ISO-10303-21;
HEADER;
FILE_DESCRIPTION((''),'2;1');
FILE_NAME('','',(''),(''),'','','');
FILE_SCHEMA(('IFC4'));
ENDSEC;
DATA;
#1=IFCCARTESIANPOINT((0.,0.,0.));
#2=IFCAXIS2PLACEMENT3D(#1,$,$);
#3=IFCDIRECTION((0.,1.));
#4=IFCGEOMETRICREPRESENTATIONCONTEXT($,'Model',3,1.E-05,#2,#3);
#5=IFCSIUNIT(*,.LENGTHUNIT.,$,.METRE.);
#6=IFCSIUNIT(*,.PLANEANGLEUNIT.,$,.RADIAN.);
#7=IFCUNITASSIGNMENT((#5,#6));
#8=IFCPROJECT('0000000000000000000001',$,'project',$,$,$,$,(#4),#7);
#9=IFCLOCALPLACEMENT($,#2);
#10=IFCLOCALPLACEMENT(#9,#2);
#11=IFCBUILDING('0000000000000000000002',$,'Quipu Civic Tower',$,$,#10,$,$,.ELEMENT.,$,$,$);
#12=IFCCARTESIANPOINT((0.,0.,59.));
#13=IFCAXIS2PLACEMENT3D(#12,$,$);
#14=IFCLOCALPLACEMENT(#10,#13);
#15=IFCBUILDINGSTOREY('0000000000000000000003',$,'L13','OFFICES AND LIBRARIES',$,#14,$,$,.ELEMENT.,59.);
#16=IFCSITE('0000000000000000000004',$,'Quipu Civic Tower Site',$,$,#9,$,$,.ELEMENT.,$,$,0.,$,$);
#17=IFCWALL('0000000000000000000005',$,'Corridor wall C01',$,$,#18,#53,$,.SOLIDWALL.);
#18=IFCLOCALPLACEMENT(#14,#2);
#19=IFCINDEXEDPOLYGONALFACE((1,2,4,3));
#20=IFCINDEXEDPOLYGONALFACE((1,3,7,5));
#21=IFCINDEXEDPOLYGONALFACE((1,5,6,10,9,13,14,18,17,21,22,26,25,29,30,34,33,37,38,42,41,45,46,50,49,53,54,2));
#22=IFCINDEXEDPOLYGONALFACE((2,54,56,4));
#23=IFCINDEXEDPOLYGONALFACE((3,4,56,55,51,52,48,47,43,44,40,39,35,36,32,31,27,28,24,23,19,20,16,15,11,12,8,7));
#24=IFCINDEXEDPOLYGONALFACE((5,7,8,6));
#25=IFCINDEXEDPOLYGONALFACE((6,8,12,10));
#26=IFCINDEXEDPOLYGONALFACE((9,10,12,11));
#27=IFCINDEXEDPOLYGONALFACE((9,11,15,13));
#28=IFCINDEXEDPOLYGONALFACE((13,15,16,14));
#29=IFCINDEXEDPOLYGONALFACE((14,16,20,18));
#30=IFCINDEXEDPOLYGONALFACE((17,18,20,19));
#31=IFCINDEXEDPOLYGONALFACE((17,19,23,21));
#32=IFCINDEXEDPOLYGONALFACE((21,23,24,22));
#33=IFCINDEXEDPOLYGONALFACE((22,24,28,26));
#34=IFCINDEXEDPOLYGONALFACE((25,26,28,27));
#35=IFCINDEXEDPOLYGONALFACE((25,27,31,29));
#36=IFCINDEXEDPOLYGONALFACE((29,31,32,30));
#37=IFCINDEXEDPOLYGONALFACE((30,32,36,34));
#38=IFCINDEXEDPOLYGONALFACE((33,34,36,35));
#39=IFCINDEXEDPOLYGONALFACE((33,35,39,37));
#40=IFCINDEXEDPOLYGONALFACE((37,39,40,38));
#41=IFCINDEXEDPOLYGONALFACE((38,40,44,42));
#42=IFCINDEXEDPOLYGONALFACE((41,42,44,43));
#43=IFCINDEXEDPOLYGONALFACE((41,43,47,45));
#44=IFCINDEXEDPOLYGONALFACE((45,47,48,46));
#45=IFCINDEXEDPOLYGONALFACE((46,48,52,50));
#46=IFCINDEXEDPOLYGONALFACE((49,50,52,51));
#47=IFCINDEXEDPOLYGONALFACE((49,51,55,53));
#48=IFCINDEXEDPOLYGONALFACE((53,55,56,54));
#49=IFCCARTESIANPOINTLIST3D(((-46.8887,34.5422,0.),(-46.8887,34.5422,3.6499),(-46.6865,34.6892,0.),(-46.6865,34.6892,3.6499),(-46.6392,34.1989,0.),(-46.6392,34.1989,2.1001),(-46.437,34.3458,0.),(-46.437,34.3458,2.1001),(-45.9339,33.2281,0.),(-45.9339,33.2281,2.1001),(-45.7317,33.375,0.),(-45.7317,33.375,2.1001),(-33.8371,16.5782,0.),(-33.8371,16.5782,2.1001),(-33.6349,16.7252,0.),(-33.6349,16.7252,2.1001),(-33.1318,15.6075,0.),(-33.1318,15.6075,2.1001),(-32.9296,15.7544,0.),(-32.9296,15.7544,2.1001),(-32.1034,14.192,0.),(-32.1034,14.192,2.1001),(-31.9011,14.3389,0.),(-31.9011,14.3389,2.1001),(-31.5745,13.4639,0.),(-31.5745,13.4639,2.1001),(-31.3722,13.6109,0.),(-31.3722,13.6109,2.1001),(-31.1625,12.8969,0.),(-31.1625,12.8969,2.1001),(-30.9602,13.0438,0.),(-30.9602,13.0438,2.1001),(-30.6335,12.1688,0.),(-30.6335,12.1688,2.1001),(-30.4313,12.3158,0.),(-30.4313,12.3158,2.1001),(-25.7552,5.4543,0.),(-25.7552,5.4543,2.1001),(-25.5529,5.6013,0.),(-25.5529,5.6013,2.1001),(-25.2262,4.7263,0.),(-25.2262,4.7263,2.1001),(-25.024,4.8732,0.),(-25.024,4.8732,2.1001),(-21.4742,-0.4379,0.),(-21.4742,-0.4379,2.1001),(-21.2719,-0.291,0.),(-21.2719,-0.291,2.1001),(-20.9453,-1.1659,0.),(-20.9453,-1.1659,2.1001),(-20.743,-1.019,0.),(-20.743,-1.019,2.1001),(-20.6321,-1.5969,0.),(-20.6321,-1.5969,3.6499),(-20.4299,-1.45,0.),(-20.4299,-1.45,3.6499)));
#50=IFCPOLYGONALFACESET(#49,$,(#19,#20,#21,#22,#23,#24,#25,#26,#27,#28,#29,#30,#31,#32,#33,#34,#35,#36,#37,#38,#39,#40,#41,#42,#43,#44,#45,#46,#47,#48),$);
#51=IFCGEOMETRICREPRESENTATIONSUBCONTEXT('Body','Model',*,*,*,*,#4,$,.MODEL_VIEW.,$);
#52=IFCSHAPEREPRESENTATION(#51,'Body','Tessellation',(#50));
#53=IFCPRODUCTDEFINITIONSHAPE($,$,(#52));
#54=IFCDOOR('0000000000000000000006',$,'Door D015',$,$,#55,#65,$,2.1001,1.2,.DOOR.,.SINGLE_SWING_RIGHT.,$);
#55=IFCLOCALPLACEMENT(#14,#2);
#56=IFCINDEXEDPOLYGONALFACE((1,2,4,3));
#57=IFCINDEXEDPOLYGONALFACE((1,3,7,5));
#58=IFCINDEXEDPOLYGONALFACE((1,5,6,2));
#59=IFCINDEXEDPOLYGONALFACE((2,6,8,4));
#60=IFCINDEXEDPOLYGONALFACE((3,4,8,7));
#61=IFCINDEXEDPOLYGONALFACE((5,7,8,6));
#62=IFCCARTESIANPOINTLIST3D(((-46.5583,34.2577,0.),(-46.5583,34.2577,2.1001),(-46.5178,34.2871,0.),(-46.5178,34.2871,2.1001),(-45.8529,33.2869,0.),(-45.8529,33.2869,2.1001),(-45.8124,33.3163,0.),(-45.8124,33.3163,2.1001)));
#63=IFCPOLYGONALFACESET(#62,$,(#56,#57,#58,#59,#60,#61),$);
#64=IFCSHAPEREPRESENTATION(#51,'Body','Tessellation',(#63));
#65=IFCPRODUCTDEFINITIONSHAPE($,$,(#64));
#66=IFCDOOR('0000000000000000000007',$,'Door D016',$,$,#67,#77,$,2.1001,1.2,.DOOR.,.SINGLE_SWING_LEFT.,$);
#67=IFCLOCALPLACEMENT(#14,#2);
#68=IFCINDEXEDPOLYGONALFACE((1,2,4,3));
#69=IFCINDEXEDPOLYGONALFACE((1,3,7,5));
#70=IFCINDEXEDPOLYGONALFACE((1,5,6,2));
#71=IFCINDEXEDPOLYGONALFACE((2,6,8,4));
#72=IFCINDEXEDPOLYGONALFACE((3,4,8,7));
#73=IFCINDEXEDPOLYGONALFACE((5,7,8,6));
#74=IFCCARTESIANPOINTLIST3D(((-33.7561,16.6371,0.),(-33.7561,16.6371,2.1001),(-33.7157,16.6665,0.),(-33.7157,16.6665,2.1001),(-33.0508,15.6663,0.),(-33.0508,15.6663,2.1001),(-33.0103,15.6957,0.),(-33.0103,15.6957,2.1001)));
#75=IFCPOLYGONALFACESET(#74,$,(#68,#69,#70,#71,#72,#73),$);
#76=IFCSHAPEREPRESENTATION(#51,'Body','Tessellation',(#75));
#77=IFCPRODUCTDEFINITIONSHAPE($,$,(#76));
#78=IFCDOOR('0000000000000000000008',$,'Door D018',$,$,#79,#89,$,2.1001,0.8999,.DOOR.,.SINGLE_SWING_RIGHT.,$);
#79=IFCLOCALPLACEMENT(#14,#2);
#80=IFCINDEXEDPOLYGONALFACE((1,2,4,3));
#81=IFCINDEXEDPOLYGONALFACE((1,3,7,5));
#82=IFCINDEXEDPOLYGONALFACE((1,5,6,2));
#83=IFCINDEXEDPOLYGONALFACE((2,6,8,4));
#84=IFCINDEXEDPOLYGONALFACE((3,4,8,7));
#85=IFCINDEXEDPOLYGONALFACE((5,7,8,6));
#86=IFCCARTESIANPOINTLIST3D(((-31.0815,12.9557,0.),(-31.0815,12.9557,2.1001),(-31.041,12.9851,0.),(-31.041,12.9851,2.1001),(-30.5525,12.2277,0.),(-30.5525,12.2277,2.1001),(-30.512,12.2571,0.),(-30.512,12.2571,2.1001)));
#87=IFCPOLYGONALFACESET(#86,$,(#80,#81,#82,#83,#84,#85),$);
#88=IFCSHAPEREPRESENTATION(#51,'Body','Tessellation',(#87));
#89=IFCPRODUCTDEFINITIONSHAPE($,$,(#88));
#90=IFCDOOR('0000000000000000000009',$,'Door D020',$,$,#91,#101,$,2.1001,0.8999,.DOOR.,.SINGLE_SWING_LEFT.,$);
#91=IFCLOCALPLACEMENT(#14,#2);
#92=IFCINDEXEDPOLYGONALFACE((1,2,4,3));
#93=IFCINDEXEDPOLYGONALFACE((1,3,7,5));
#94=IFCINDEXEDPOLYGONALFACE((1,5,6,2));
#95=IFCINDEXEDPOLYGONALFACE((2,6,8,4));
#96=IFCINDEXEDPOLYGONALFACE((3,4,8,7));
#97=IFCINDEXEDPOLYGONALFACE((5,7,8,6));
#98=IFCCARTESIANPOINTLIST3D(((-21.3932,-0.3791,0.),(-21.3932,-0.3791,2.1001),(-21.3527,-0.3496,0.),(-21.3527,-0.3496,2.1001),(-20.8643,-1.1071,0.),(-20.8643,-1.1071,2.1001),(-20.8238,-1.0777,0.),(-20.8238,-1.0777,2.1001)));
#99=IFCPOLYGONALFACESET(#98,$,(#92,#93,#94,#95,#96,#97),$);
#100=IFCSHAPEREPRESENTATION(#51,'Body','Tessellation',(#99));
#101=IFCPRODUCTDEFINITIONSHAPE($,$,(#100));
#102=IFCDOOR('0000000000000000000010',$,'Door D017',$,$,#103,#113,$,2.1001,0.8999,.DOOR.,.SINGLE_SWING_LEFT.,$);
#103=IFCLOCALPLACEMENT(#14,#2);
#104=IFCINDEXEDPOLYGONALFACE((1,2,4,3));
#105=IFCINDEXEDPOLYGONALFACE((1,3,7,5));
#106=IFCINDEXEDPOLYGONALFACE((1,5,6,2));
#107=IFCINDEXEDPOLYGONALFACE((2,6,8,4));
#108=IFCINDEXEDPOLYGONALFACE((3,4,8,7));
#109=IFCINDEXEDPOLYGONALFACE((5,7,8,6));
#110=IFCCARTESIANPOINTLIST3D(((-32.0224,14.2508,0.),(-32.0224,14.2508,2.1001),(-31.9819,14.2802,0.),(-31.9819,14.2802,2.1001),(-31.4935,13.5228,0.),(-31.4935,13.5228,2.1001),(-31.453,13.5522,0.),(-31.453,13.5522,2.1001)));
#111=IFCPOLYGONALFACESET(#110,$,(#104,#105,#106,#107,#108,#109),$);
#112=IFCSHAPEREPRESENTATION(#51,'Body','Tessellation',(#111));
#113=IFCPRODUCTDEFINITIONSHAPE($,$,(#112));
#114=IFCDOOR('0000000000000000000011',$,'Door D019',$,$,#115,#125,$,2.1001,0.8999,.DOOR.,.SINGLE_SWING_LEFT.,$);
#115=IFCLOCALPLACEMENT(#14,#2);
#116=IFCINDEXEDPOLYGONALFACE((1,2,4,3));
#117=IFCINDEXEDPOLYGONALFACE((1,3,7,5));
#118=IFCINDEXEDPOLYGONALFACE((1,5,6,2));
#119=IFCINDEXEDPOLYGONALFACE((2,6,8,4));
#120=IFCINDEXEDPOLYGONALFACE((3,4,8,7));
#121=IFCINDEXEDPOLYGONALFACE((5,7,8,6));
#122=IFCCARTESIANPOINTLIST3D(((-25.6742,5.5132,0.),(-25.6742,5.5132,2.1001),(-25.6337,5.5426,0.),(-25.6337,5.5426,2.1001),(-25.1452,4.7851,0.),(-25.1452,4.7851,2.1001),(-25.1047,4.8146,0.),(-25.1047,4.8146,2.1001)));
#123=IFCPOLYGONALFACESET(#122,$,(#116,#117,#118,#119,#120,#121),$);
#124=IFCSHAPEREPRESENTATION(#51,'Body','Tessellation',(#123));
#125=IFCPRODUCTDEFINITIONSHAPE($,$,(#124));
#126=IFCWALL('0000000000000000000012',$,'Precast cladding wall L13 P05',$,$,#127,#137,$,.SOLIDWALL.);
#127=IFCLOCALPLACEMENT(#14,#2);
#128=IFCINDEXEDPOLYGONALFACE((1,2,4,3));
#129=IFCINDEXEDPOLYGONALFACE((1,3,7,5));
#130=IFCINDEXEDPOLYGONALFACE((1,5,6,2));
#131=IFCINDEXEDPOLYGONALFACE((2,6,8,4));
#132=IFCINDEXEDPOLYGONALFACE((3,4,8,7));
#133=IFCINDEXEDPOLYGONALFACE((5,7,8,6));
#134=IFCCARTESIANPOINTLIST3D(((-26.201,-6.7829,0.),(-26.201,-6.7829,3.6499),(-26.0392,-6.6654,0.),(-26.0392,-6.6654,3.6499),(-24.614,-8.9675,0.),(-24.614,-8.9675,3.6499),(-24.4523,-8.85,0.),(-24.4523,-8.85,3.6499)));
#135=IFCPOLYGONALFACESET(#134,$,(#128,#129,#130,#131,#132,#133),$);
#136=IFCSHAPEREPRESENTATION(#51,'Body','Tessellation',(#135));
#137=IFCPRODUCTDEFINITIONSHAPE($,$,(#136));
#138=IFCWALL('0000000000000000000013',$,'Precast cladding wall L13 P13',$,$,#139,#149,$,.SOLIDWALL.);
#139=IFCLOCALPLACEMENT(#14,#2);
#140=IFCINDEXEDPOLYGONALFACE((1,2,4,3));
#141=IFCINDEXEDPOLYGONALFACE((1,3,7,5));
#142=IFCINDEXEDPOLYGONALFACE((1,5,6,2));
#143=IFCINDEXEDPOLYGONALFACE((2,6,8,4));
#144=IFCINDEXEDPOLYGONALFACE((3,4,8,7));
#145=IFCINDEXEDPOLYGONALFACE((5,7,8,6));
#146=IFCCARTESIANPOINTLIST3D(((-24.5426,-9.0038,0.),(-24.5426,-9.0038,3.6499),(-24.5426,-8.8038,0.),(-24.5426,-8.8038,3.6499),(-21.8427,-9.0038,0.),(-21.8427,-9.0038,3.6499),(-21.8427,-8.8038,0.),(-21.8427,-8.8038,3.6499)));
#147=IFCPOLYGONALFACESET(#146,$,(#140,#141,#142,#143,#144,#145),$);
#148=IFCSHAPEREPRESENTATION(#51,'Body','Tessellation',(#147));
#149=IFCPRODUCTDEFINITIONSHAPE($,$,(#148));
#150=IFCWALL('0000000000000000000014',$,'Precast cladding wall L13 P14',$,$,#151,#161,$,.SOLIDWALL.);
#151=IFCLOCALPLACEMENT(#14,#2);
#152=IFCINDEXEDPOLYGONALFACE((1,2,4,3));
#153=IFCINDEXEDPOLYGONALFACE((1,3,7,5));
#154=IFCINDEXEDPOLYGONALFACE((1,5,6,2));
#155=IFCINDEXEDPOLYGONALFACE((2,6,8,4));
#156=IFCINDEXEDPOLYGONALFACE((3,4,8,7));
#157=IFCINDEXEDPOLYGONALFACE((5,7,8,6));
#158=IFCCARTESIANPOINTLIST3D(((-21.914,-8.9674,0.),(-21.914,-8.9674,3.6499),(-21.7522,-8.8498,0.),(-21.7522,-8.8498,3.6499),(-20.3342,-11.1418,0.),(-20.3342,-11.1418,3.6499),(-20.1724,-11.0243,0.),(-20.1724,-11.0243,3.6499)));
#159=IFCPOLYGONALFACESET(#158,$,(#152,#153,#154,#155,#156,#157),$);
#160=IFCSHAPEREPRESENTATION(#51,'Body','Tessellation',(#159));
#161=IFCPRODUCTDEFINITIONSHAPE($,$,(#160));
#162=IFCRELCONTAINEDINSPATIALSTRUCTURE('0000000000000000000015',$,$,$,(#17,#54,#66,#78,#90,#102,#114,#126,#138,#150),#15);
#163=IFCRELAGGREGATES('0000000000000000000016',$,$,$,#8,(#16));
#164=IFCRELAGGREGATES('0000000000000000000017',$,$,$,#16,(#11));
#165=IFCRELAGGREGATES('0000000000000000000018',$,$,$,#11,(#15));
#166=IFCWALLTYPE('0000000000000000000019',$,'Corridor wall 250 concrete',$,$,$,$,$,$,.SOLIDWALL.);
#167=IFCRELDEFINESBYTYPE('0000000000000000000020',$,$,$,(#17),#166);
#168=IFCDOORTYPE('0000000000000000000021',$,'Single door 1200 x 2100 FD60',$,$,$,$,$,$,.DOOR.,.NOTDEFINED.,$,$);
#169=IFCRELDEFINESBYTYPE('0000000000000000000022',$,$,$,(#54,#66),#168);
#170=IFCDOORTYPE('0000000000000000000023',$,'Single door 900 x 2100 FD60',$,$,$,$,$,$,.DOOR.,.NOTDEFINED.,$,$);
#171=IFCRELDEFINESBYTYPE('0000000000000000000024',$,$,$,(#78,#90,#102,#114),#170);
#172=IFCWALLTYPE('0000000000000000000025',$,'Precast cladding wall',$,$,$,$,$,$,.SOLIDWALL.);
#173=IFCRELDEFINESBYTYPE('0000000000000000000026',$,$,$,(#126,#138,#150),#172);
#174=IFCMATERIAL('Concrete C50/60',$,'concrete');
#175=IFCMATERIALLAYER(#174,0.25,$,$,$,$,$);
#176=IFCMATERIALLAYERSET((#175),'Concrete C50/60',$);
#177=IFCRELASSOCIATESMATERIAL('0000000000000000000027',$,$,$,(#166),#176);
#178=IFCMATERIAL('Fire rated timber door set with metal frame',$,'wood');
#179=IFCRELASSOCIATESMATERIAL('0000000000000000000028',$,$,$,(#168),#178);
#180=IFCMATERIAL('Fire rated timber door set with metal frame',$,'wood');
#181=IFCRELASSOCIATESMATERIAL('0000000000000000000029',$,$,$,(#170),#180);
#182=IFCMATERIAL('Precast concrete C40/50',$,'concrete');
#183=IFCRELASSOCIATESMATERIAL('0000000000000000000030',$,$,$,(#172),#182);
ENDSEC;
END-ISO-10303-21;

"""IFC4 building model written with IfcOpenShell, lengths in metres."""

from ifc_helpers import new_model, si_unit, direction, frame, frame_2d, origin, place, context, subcontext, project, spatial, rectangle, extrude, material, layer, layer_set, type_object, element, fill, save


model = new_model("IFC4")

# Units and contexts
model_context = context("Model", 3, precision=1e-05, world=origin(), true_north=direction((0.0, 1.0)))
body_context = subcontext(model_context, "Body", "Model", "MODEL_VIEW")
ifc_project = project(units=[si_unit("LENGTHUNIT", "METRE"), si_unit("PLANEANGLEUNIT", "RADIAN")], contexts=[model_context])

# Site, building, storey
site_placement = place(None, origin())
site = spatial("IfcSite", under=ifc_project, at=site_placement, Name="Quipu Civic Tower Site", CompositionType="ELEMENT", RefElevation=0.0)
building_placement = place(site_placement, origin())
building = spatial("IfcBuilding", under=site, at=building_placement, Name="Quipu Civic Tower", CompositionType="ELEMENT")
storey_placement = place(building_placement, frame((0.0, 0.0, 59.0)))
storey = spatial("IfcBuildingStorey", under=building, at=storey_placement, Name="L13", Description="OFFICES AND LIBRARIES", CompositionType="ELEMENT", Elevation=59.0)

# Wall, openings, doors
ifc_material_1 = material(Name="Concrete C50/60", Category="concrete")
ifc_layer_1 = layer(ifc_material_1, 0.25)
ifc_layer_set_1 = layer_set([ifc_layer_1], Name="Concrete C50/60")
wall_type_1 = type_object("IfcWallType", Name="Corridor wall 250 concrete", PredefinedType="SOLIDWALL", material=ifc_layer_set_1)
wall_1_placement = place(storey_placement, frame((-20.531, -1.5234, 0.0), z_axis=(0.0, 0.0, 1.0), x_axis=(-0.587785, 0.809017, 0.0)))
wall_1 = element("IfcWall", 1, at=wall_1_placement, inside=storey, type_object=wall_type_1, Name="Corridor wall C01", PredefinedType="SOLIDWALL", context=body_context, shape_type="SweptSolid", body=[
    extrude(rectangle(XDim=44.6704, YDim=0.25, at=frame_2d((22.3352, 0.0))), origin(), (0.0, 0.0, 1.0), 3.6499),
])
opening_1_placement = place(wall_1_placement, frame((43.0459, 0.0, 0.0)))
opening_1 = element("IfcOpeningElement", 2, at=opening_1_placement, cuts=wall_1, PredefinedType="OPENING", context=body_context, shape_type="SweptSolid", body=[
    extrude(rectangle(XDim=1.2, YDim=2.1001, at=frame_2d((0.6001, 1.05))), frame((0.0, 0.135, 0.0), z_axis=(0.0, -1.0, 0.0), x_axis=(1.0, 0.0, 0.0)), (0.0, 0.0, 1.0), 0.27),
])
opening_2_placement = place(wall_1_placement, frame((21.2656, 0.0, 0.0)))
opening_2 = element("IfcOpeningElement", 3, at=opening_2_placement, cuts=wall_1, PredefinedType="OPENING", context=body_context, shape_type="SweptSolid", body=[
    extrude(rectangle(XDim=1.2, YDim=2.1001, at=frame_2d((0.6001, 1.05))), frame((0.0, 0.135, 0.0), z_axis=(0.0, -1.0, 0.0), x_axis=(1.0, 0.0, 0.0)), (0.0, 0.0, 1.0), 0.27),
])
opening_3_placement = place(wall_1_placement, frame((17.0154, 0.0, 0.0)))
opening_3 = element("IfcOpeningElement", 4, at=opening_3_placement, cuts=wall_1, PredefinedType="OPENING", context=body_context, shape_type="SweptSolid", body=[
    extrude(rectangle(XDim=0.8999, YDim=2.1001, at=frame_2d((0.45, 1.05))), frame((0.0, 0.135, 0.0), z_axis=(0.0, -1.0, 0.0), x_axis=(1.0, 0.0, 0.0)), (0.0, 0.0, 1.0), 0.27),
])
opening_4_placement = place(wall_1_placement, frame((0.5327, 0.0, 0.0)))
opening_4 = element("IfcOpeningElement", 5, at=opening_4_placement, cuts=wall_1, PredefinedType="OPENING", context=body_context, shape_type="SweptSolid", body=[
    extrude(rectangle(XDim=0.8999, YDim=2.1001, at=frame_2d((0.45, 1.05))), frame((0.0, 0.135, 0.0), z_axis=(0.0, -1.0, 0.0), x_axis=(1.0, 0.0, 0.0)), (0.0, 0.0, 1.0), 0.27),
])
opening_5_placement = place(wall_1_placement, frame((18.6162, 0.0, 0.0)))
opening_5 = element("IfcOpeningElement", 6, at=opening_5_placement, cuts=wall_1, PredefinedType="OPENING", context=body_context, shape_type="SweptSolid", body=[
    extrude(rectangle(XDim=0.8999, YDim=2.1001, at=frame_2d((0.45, 1.05))), frame((0.0, 0.135, 0.0), z_axis=(0.0, -1.0, 0.0), x_axis=(1.0, 0.0, 0.0)), (0.0, 0.0, 1.0), 0.27),
])
opening_6_placement = place(wall_1_placement, frame((7.8159, 0.0, 0.0)))
opening_6 = element("IfcOpeningElement", 7, at=opening_6_placement, cuts=wall_1, PredefinedType="OPENING", context=body_context, shape_type="SweptSolid", body=[
    extrude(rectangle(XDim=0.8999, YDim=2.1001, at=frame_2d((0.45, 1.05))), frame((0.0, 0.135, 0.0), z_axis=(0.0, -1.0, 0.0), x_axis=(1.0, 0.0, 0.0)), (0.0, 0.0, 1.0), 0.27),
])
ifc_material_2 = material(Name="Fire rated timber door set with metal frame", Category="wood")
door_type_1 = type_object("IfcDoorType", Name="Single door 1200 x 2100 FD60", OperationType="NOTDEFINED", PredefinedType="DOOR", material=ifc_material_2)
door_1_placement = place(opening_1_placement, origin())
door_1 = element("IfcDoor", 8, at=door_1_placement, inside=storey, type_object=door_type_1, Name="Door D015", OperationType="SINGLE_SWING_RIGHT", OverallHeight=2.1001, OverallWidth=1.2, PredefinedType="DOOR", context=body_context, shape_type="SweptSolid", body=[
    extrude(rectangle(XDim=1.2, YDim=2.1001, at=frame_2d((0.6001, 1.05))), frame((0.0, 0.0249, 0.0), z_axis=(0.0, -1.0, 0.0), x_axis=(1.0, 0.0, 0.0)), (0.0, 0.0, 1.0), 0.05),
])
fill(opening_1, door_1)
door_2_placement = place(opening_2_placement, origin())
door_2 = element("IfcDoor", 9, at=door_2_placement, inside=storey, type_object=door_type_1, Name="Door D016", OperationType="SINGLE_SWING_LEFT", OverallHeight=2.1001, OverallWidth=1.2, PredefinedType="DOOR", context=body_context, shape_type="SweptSolid", body=[
    extrude(rectangle(XDim=1.2, YDim=2.1001, at=frame_2d((0.6001, 1.05))), frame((0.0, 0.0249, 0.0), z_axis=(0.0, -1.0, 0.0), x_axis=(1.0, 0.0, 0.0)), (0.0, 0.0, 1.0), 0.05),
])
fill(opening_2, door_2)
ifc_material_3 = material(Name="Fire rated timber door set with metal frame", Category="wood")
door_type_2 = type_object("IfcDoorType", Name="Single door 900 x 2100 FD60", OperationType="NOTDEFINED", PredefinedType="DOOR", material=ifc_material_3)
door_3_placement = place(opening_3_placement, origin())
door_3 = element("IfcDoor", 10, at=door_3_placement, inside=storey, type_object=door_type_2, Name="Door D018", OperationType="SINGLE_SWING_RIGHT", OverallHeight=2.1001, OverallWidth=0.8999, PredefinedType="DOOR", context=body_context, shape_type="SweptSolid", body=[
    extrude(rectangle(XDim=0.8999, YDim=2.1001, at=frame_2d((0.45, 1.05))), frame((0.0, 0.0249, 0.0), z_axis=(0.0, -1.0, 0.0), x_axis=(1.0, 0.0, 0.0)), (0.0, 0.0, 1.0), 0.05),
])
fill(opening_3, door_3)
door_4_placement = place(opening_4_placement, origin())
door_4 = element("IfcDoor", 11, at=door_4_placement, inside=storey, type_object=door_type_2, Name="Door D020", OperationType="SINGLE_SWING_LEFT", OverallHeight=2.1001, OverallWidth=0.8999, PredefinedType="DOOR", context=body_context, shape_type="SweptSolid", body=[
    extrude(rectangle(XDim=0.8999, YDim=2.1001, at=frame_2d((0.45, 1.05))), frame((0.0, 0.0249, 0.0), z_axis=(0.0, -1.0, 0.0), x_axis=(1.0, 0.0, 0.0)), (0.0, 0.0, 1.0), 0.05),
])
fill(opening_4, door_4)
door_5_placement = place(opening_5_placement, origin())
door_5 = element("IfcDoor", 12, at=door_5_placement, inside=storey, type_object=door_type_2, Name="Door D017", OperationType="SINGLE_SWING_LEFT", OverallHeight=2.1001, OverallWidth=0.8999, PredefinedType="DOOR", context=body_context, shape_type="SweptSolid", body=[
    extrude(rectangle(XDim=0.8999, YDim=2.1001, at=frame_2d((0.45, 1.05))), frame((0.0, 0.0249, 0.0), z_axis=(0.0, -1.0, 0.0), x_axis=(1.0, 0.0, 0.0)), (0.0, 0.0, 1.0), 0.05),
])
fill(opening_5, door_5)
door_6_placement = place(opening_6_placement, origin())
door_6 = element("IfcDoor", 13, at=door_6_placement, inside=storey, type_object=door_type_2, Name="Door D019", OperationType="SINGLE_SWING_LEFT", OverallHeight=2.1001, OverallWidth=0.8999, PredefinedType="DOOR", context=body_context, shape_type="SweptSolid", body=[
    extrude(rectangle(XDim=0.8999, YDim=2.1001, at=frame_2d((0.45, 1.05))), frame((0.0, 0.0249, 0.0), z_axis=(0.0, -1.0, 0.0), x_axis=(1.0, 0.0, 0.0)), (0.0, 0.0, 1.0), 0.05),
])
fill(opening_6, door_6)

# Walls
ifc_material_4 = material(Name="Precast concrete C40/50", Category="concrete")
wall_type_2 = type_object("IfcWallType", Name="Precast cladding wall", PredefinedType="SOLIDWALL", material=ifc_material_4)
wall_2_placement = place(storey_placement, frame((-26.1201, -6.7241, 0.0), z_axis=(0.0, 0.0, 1.0), x_axis=(0.58772, -0.809064, 0.0)))
element("IfcWall", 14, at=wall_2_placement, inside=storey, type_object=wall_type_2, Name="Precast cladding wall L13 P05", PredefinedType="SOLIDWALL", context=body_context, shape_type="SweptSolid", body=[
    extrude(rectangle(XDim=2.7002, YDim=0.2, at=frame_2d((1.3501, 0.0))), origin(), (0.0, 0.0, 1.0), 3.6499),
])
wall_3_placement = place(storey_placement, frame((-24.5427, -8.9038, 0.0), z_axis=(0.0, 0.0, 1.0), x_axis=(1.0, 0.0, 0.0)))
element("IfcWall", 15, at=wall_3_placement, inside=storey, type_object=wall_type_2, Name="Precast cladding wall L13 P13", PredefinedType="SOLIDWALL", context=body_context, shape_type="SweptSolid", body=[
    extrude(rectangle(XDim=2.7, YDim=0.2, at=frame_2d((1.3501, 0.0))), origin(), (0.0, 0.0, 1.0), 3.6499),
])
wall_4_placement = place(storey_placement, frame((-21.833, -8.9087, 0.0), z_axis=(0.0, 0.0, 1.0), x_axis=(0.587767, -0.809031, 0.0)))
element("IfcWall", 16, at=wall_4_placement, inside=storey, type_object=wall_type_2, Name="Precast cladding wall L13 P14", PredefinedType="SOLIDWALL", context=body_context, shape_type="SweptSolid", body=[
    extrude(rectangle(XDim=2.6877, YDim=0.2, at=frame_2d((1.3438, 0.0))), origin(), (0.0, 0.0, 1.0), 3.6499),
])

save(model, "model.ifc")
